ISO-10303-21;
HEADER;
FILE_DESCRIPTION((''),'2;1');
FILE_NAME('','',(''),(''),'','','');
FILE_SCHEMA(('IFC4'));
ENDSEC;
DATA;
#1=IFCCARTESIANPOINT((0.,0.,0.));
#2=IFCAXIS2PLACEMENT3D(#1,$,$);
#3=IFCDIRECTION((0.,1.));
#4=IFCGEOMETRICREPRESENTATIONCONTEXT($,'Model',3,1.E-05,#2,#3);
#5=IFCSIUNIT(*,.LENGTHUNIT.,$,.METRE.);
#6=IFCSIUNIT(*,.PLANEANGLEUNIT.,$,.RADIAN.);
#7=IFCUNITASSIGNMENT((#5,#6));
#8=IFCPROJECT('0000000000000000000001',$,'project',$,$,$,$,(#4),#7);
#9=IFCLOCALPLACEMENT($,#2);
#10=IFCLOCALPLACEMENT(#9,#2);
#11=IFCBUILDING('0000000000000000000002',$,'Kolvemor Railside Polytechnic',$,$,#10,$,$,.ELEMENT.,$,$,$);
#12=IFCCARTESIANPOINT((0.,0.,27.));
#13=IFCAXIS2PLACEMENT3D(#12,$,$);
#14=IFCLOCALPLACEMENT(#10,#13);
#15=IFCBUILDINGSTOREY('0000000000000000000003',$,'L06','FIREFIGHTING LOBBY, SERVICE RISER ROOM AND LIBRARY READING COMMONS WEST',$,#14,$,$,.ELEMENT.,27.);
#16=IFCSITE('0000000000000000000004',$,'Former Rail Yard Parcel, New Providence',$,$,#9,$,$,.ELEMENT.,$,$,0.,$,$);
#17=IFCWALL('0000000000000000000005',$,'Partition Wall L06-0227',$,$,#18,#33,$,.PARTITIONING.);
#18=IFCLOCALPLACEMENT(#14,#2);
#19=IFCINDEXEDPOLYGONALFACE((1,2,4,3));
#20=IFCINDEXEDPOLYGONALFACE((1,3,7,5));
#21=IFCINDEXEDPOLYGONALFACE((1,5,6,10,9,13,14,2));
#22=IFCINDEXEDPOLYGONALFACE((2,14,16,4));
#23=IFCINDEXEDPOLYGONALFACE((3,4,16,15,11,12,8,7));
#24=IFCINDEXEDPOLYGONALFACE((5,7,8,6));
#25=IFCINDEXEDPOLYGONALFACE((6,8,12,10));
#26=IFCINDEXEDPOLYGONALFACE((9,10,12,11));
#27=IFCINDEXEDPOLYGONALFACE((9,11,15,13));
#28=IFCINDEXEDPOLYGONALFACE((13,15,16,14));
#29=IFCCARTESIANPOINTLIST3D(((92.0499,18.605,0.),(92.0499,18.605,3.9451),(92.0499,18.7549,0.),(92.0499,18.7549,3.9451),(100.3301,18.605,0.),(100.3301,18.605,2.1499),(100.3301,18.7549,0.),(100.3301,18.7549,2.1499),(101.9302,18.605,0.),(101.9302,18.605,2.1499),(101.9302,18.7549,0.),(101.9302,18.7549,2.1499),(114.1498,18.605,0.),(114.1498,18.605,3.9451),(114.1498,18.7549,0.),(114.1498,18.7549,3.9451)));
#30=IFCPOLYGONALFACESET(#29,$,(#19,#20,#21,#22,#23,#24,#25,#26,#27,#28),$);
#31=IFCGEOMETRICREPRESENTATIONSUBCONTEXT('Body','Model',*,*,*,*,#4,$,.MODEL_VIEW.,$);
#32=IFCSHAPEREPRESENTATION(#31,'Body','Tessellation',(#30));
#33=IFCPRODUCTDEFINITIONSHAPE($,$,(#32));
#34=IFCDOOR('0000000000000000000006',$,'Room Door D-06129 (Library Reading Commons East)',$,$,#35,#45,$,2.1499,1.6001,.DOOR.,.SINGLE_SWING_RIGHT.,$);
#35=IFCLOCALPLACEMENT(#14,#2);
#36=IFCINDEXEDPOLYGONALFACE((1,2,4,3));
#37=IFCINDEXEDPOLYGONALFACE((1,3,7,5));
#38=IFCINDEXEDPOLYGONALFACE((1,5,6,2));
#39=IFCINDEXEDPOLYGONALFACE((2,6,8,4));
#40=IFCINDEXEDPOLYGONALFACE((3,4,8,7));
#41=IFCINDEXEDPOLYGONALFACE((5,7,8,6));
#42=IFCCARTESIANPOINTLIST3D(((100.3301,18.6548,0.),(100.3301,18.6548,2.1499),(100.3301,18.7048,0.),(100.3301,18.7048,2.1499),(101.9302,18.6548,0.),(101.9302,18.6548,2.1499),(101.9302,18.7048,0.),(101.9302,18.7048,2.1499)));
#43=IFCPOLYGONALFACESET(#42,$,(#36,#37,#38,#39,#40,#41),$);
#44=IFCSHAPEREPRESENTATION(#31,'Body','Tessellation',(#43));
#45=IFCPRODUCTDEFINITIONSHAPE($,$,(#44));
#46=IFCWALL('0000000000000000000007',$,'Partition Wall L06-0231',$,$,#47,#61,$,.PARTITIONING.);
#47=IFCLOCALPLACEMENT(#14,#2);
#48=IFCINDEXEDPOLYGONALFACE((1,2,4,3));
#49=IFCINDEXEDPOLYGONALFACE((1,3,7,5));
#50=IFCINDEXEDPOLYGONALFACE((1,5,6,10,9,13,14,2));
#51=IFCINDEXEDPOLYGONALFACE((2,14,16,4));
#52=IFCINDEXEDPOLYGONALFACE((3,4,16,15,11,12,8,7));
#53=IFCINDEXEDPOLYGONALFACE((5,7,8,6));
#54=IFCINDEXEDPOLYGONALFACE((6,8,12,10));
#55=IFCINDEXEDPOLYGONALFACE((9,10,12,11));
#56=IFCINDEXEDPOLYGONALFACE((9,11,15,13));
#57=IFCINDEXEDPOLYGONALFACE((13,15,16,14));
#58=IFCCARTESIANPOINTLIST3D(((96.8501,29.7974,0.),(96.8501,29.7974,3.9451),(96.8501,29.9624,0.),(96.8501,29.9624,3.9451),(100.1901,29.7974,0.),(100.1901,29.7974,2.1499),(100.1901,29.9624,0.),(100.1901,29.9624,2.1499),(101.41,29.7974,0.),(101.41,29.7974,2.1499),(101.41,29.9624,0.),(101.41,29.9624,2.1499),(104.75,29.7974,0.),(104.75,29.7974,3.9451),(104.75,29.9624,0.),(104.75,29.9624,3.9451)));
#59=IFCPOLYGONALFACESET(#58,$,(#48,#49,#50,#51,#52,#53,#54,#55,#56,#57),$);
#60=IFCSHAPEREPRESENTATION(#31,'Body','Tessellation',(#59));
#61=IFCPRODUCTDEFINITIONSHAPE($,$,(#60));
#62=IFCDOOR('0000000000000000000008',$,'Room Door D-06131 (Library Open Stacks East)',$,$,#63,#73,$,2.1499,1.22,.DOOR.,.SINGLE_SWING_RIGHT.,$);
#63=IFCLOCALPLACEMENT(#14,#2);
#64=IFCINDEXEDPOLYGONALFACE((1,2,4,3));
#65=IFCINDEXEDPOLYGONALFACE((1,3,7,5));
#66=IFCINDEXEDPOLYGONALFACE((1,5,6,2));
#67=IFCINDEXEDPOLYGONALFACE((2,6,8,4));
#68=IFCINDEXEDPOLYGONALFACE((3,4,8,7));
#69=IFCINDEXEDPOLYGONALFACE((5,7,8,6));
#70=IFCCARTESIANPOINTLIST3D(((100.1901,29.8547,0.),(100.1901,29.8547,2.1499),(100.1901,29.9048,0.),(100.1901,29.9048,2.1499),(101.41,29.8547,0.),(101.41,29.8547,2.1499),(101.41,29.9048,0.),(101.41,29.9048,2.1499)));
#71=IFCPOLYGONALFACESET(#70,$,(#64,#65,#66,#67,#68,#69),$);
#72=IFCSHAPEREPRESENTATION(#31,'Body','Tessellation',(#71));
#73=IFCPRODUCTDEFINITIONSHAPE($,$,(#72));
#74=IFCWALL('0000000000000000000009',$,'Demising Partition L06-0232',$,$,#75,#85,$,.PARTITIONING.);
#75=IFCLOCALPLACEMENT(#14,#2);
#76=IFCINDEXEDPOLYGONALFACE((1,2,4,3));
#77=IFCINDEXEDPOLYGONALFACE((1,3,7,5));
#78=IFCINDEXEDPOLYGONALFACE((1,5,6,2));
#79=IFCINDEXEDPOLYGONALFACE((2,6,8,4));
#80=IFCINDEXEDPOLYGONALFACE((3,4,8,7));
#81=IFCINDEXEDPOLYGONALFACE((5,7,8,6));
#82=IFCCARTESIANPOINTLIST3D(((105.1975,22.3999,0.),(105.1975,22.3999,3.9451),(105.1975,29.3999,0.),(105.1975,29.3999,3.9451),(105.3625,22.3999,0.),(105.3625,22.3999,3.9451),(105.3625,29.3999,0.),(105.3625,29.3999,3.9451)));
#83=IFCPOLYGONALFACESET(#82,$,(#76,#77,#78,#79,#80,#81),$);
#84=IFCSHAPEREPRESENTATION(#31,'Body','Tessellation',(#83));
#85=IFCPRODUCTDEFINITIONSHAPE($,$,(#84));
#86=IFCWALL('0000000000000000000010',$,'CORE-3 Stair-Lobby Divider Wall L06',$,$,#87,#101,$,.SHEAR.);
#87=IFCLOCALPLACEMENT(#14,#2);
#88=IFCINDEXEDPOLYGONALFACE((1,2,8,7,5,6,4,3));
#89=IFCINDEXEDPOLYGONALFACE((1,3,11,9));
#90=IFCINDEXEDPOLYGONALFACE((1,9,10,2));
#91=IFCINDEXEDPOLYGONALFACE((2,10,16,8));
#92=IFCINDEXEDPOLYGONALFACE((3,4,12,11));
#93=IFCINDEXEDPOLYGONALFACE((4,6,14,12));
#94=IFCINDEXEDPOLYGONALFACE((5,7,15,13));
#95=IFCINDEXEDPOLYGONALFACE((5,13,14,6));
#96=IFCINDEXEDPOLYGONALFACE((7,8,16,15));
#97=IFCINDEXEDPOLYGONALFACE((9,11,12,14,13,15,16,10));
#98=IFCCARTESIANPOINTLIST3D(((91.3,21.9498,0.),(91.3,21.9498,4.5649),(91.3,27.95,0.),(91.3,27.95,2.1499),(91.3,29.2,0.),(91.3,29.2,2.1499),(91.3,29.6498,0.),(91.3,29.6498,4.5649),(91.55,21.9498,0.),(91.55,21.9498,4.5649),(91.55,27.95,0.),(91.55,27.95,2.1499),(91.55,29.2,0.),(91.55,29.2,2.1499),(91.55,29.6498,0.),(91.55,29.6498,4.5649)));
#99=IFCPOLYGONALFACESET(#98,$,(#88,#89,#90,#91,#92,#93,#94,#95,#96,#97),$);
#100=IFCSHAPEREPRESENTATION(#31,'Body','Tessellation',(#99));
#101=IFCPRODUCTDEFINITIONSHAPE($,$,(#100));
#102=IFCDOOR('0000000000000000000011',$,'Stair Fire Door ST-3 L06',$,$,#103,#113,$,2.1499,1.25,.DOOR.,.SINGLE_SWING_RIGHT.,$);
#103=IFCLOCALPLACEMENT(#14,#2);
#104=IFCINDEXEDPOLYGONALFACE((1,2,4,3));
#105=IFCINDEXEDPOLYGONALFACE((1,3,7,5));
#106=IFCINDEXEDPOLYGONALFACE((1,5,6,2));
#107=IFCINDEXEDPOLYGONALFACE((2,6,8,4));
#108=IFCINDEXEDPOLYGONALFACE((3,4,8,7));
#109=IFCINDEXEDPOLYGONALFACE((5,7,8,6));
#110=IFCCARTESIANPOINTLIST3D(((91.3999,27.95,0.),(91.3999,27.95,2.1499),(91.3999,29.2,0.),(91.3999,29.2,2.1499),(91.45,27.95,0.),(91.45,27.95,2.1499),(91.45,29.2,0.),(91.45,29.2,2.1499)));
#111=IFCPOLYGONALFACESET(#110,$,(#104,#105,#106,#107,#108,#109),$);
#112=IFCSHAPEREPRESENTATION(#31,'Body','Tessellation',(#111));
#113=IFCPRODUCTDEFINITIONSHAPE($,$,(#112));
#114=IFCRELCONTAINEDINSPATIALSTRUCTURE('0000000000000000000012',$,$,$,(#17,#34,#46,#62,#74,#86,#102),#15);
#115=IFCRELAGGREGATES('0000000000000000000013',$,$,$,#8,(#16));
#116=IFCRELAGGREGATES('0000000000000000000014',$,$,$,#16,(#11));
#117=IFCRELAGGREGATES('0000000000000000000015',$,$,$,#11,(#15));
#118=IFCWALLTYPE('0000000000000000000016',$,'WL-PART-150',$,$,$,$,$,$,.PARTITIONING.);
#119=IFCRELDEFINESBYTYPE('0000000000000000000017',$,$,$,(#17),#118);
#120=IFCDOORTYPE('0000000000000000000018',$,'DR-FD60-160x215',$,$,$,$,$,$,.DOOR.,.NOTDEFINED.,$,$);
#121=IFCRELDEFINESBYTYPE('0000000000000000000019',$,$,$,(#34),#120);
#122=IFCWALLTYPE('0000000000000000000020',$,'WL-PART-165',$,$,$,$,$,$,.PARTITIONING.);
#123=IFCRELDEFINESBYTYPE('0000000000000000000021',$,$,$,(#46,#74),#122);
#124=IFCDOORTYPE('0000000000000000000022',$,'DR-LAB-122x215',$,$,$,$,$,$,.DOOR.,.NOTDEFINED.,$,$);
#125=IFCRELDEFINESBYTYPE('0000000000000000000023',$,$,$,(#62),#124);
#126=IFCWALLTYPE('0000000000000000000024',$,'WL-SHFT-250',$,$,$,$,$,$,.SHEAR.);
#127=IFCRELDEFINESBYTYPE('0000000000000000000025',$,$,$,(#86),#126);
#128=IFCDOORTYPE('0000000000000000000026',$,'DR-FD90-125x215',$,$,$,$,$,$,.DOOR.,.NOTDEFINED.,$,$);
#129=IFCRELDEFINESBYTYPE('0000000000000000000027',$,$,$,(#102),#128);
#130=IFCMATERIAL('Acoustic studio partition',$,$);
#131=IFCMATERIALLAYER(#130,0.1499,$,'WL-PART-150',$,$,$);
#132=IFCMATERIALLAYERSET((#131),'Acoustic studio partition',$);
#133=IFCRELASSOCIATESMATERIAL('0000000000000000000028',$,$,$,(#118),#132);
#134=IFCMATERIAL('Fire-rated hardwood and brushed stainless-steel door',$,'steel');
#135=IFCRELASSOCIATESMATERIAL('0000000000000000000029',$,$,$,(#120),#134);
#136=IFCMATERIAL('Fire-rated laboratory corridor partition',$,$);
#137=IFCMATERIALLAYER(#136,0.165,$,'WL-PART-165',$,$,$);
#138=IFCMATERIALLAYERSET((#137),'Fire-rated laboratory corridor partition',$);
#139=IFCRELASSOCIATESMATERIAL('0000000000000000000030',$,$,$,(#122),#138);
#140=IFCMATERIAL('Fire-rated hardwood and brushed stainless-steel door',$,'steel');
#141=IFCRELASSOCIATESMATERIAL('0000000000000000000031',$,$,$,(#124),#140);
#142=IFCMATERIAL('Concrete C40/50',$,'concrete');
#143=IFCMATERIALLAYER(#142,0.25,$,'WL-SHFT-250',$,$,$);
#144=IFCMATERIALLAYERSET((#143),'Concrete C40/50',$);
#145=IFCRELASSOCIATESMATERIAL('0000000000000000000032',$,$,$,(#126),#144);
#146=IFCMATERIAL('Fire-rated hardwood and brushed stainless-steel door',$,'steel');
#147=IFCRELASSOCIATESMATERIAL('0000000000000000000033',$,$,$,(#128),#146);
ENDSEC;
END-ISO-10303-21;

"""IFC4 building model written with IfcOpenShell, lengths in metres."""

from ifc_helpers import new_model, si_unit, direction, frame, frame_2d, origin, place, context, subcontext, project, spatial, rectangle, extrude, material, layer, layer_set, type_object, element, fill, save


model = new_model("IFC4")

# Units and contexts
model_context = context("Model", 3, precision=1e-05, world=origin(), true_north=direction((0.0, 1.0)))
body_context = subcontext(model_context, "Body", "Model", "MODEL_VIEW")
ifc_project = project(units=[si_unit("LENGTHUNIT", "METRE"), si_unit("PLANEANGLEUNIT", "RADIAN")], contexts=[model_context])

# Site, building, storey
site_placement = place(None, origin())
site = spatial("IfcSite", under=ifc_project, at=site_placement, Name="Former Rail Yard Parcel, New Providence", CompositionType="ELEMENT", RefElevation=0.0)
building_placement = place(site_placement, origin())
building = spatial("IfcBuilding", under=site, at=building_placement, Name="Kolvemor Railside Polytechnic", CompositionType="ELEMENT")
storey_placement = place(building_placement, frame((0.0, 0.0, 27.0)))
storey = spatial("IfcBuildingStorey", under=building, at=storey_placement, Name="L06", Description="FIREFIGHTING LOBBY, SERVICE RISER ROOM AND LIBRARY READING COMMONS WEST", CompositionType="ELEMENT", Elevation=27.0)

# Shared definitions
ifc_material_1 = material(Name="Acoustic studio partition")
ifc_layer_1 = layer(ifc_material_1, 0.1499, Name="WL-PART-150")
ifc_layer_set_1 = layer_set([ifc_layer_1], Name="Acoustic studio partition")
wall_type_1 = type_object("IfcWallType", Name="WL-PART-150", PredefinedType="PARTITIONING", material=ifc_layer_set_1)

# Walls, openings, doors
wall_1_placement = place(storey_placement, frame((92.05, 18.6799, 0.0), z_axis=(0.0, 0.0, 1.0), x_axis=(1.0, 0.0, 0.0)))
wall_1 = element("IfcWall", 1, at=wall_1_placement, inside=storey, type_object=wall_type_1, Name="Partition Wall L06-0227", PredefinedType="PARTITIONING", context=body_context, shape_type="SweptSolid", body=[
    extrude(rectangle(XDim=22.0999, YDim=0.1499, at=frame_2d((11.0498, 0.0))), origin(), (0.0, 0.0, 1.0), 3.9451),
])
opening_1_placement = place(wall_1_placement, frame((8.28, 0.0, 0.0)))
opening_1 = element("IfcOpeningElement", 2, at=opening_1_placement, cuts=wall_1, PredefinedType="OPENING", context=body_context, shape_type="SweptSolid", body=[
    extrude(rectangle(XDim=1.6001, YDim=2.1499, at=frame_2d((0.8, 1.075))), frame((0.0, 0.085, 0.0), z_axis=(0.0, -1.0, 0.0), x_axis=(1.0, 0.0, 0.0)), (0.0, 0.0, 1.0), 0.1699),
])
ifc_material_2 = material(Name="Fire-rated hardwood and brushed stainless-steel door", Category="steel")
door_type_1 = type_object("IfcDoorType", Name="DR-FD60-160x215", OperationType="NOTDEFINED", PredefinedType="DOOR", material=ifc_material_2)
door_1_placement = place(opening_1_placement, origin())
door_1 = element("IfcDoor", 3, at=door_1_placement, inside=storey, type_object=door_type_1, Name="Room Door D-06129 (Library Reading Commons East)", OperationType="SINGLE_SWING_RIGHT", OverallHeight=2.1499, OverallWidth=1.6001, PredefinedType="DOOR", context=body_context, shape_type="SweptSolid", body=[
    extrude(rectangle(XDim=1.6001, YDim=2.1499, at=frame_2d((0.8, 1.075))), frame((0.0, 0.0249, 0.0), z_axis=(0.0, -1.0, 0.0), x_axis=(1.0, 0.0, 0.0)), (0.0, 0.0, 1.0), 0.05),
])
fill(opening_1, door_1)
ifc_material_3 = material(Name="Fire-rated laboratory corridor partition")
ifc_layer_2 = layer(ifc_material_3, 0.165, Name="WL-PART-165")
ifc_layer_set_2 = layer_set([ifc_layer_2], Name="Fire-rated laboratory corridor partition")
wall_type_2 = type_object("IfcWallType", Name="WL-PART-165", PredefinedType="PARTITIONING", material=ifc_layer_set_2)
wall_2_placement = place(storey_placement, frame((96.8501, 29.8799, 0.0), z_axis=(0.0, 0.0, 1.0), x_axis=(1.0, 0.0, 0.0)))
wall_2 = element("IfcWall", 4, at=wall_2_placement, inside=storey, type_object=wall_type_2, Name="Partition Wall L06-0231", PredefinedType="PARTITIONING", context=body_context, shape_type="SweptSolid", body=[
    extrude(rectangle(XDim=7.8999, YDim=0.165, at=frame_2d((3.95, 0.0))), origin(), (0.0, 0.0, 1.0), 3.9451),
])
opening_2_placement = place(wall_2_placement, frame((3.3401, 0.0, 0.0)))
opening_2 = element("IfcOpeningElement", 5, at=opening_2_placement, cuts=wall_2, PredefinedType="OPENING", context=body_context, shape_type="SweptSolid", body=[
    extrude(rectangle(XDim=1.22, YDim=2.1499, at=frame_2d((0.6099, 1.075))), frame((0.0, 0.0925, 0.0), z_axis=(0.0, -1.0, 0.0), x_axis=(1.0, 0.0, 0.0)), (0.0, 0.0, 1.0), 0.1851),
])
ifc_material_4 = material(Name="Fire-rated hardwood and brushed stainless-steel door", Category="steel")
door_type_2 = type_object("IfcDoorType", Name="DR-LAB-122x215", OperationType="NOTDEFINED", PredefinedType="DOOR", material=ifc_material_4)
door_2_placement = place(opening_2_placement, origin())
door_2 = element("IfcDoor", 6, at=door_2_placement, inside=storey, type_object=door_type_2, Name="Room Door D-06131 (Library Open Stacks East)", OperationType="SINGLE_SWING_RIGHT", OverallHeight=2.1499, OverallWidth=1.22, PredefinedType="DOOR", context=body_context, shape_type="SweptSolid", body=[
    extrude(rectangle(XDim=1.22, YDim=2.1499, at=frame_2d((0.6099, 1.075))), frame((0.0, 0.0249, 0.0), z_axis=(0.0, -1.0, 0.0), x_axis=(1.0, 0.0, 0.0)), (0.0, 0.0, 1.0), 0.05),
])
fill(opening_2, door_2)

# Wall
wall_3_placement = place(storey_placement, frame((105.28, 22.3999, 0.0), z_axis=(0.0, 0.0, 1.0), x_axis=(0.0, 1.0, 0.0)))
element("IfcWall", 7, at=wall_3_placement, inside=storey, type_object=wall_type_2, Name="Demising Partition L06-0232", PredefinedType="PARTITIONING", context=body_context, shape_type="SweptSolid", body=[
    extrude(rectangle(XDim=7.0, YDim=0.165, at=frame_2d((3.5, 0.0))), origin(), (0.0, 0.0, 1.0), 3.9451),
])

# Wall, opening, door
ifc_material_5 = material(Name="Concrete C40/50", Category="concrete")
ifc_layer_3 = layer(ifc_material_5, 0.25, Name="WL-SHFT-250")
ifc_layer_set_3 = layer_set([ifc_layer_3], Name="Concrete C40/50")
wall_type_3 = type_object("IfcWallType", Name="WL-SHFT-250", PredefinedType="SHEAR", material=ifc_layer_set_3)
wall_4_placement = place(storey_placement, frame((91.425, 29.6499, 0.0), z_axis=(0.0, 0.0, 1.0), x_axis=(0.0, -1.0, 0.0)))
wall_4 = element("IfcWall", 8, at=wall_4_placement, inside=storey, type_object=wall_type_3, Name="CORE-3 Stair-Lobby Divider Wall L06", PredefinedType="SHEAR", context=body_context, shape_type="SweptSolid", body=[
    extrude(rectangle(XDim=7.7, YDim=0.25, at=frame_2d((3.8501, 0.0))), origin(), (0.0, 0.0, 1.0), 4.5649),
])
opening_3_placement = place(wall_4_placement, frame((0.45, 0.0, 0.0)))
opening_3 = element("IfcOpeningElement", 9, at=opening_3_placement, cuts=wall_4, PredefinedType="OPENING", context=body_context, shape_type="SweptSolid", body=[
    extrude(rectangle(XDim=1.25, YDim=2.1499, at=frame_2d((0.625, 1.075))), frame((0.0, 0.135, 0.0), z_axis=(0.0, -1.0, 0.0), x_axis=(1.0, 0.0, 0.0)), (0.0, 0.0, 1.0), 0.27),
])
ifc_material_6 = material(Name="Fire-rated hardwood and brushed stainless-steel door", Category="steel")
door_type_3 = type_object("IfcDoorType", Name="DR-FD90-125x215", OperationType="NOTDEFINED", PredefinedType="DOOR", material=ifc_material_6)
door_3_placement = place(opening_3_placement, origin())
door_3 = element("IfcDoor", 10, at=door_3_placement, inside=storey, type_object=door_type_3, Name="Stair Fire Door ST-3 L06", OperationType="SINGLE_SWING_RIGHT", OverallHeight=2.1499, OverallWidth=1.25, PredefinedType="DOOR", context=body_context, shape_type="SweptSolid", body=[
    extrude(rectangle(XDim=1.25, YDim=2.1499, at=frame_2d((0.625, 1.075))), frame((0.0, 0.0249, 0.0), z_axis=(0.0, -1.0, 0.0), x_axis=(1.0, 0.0, 0.0)), (0.0, 0.0, 1.0), 0.05),
])
fill(opening_3, door_3)

save(model, "model.ifc")
